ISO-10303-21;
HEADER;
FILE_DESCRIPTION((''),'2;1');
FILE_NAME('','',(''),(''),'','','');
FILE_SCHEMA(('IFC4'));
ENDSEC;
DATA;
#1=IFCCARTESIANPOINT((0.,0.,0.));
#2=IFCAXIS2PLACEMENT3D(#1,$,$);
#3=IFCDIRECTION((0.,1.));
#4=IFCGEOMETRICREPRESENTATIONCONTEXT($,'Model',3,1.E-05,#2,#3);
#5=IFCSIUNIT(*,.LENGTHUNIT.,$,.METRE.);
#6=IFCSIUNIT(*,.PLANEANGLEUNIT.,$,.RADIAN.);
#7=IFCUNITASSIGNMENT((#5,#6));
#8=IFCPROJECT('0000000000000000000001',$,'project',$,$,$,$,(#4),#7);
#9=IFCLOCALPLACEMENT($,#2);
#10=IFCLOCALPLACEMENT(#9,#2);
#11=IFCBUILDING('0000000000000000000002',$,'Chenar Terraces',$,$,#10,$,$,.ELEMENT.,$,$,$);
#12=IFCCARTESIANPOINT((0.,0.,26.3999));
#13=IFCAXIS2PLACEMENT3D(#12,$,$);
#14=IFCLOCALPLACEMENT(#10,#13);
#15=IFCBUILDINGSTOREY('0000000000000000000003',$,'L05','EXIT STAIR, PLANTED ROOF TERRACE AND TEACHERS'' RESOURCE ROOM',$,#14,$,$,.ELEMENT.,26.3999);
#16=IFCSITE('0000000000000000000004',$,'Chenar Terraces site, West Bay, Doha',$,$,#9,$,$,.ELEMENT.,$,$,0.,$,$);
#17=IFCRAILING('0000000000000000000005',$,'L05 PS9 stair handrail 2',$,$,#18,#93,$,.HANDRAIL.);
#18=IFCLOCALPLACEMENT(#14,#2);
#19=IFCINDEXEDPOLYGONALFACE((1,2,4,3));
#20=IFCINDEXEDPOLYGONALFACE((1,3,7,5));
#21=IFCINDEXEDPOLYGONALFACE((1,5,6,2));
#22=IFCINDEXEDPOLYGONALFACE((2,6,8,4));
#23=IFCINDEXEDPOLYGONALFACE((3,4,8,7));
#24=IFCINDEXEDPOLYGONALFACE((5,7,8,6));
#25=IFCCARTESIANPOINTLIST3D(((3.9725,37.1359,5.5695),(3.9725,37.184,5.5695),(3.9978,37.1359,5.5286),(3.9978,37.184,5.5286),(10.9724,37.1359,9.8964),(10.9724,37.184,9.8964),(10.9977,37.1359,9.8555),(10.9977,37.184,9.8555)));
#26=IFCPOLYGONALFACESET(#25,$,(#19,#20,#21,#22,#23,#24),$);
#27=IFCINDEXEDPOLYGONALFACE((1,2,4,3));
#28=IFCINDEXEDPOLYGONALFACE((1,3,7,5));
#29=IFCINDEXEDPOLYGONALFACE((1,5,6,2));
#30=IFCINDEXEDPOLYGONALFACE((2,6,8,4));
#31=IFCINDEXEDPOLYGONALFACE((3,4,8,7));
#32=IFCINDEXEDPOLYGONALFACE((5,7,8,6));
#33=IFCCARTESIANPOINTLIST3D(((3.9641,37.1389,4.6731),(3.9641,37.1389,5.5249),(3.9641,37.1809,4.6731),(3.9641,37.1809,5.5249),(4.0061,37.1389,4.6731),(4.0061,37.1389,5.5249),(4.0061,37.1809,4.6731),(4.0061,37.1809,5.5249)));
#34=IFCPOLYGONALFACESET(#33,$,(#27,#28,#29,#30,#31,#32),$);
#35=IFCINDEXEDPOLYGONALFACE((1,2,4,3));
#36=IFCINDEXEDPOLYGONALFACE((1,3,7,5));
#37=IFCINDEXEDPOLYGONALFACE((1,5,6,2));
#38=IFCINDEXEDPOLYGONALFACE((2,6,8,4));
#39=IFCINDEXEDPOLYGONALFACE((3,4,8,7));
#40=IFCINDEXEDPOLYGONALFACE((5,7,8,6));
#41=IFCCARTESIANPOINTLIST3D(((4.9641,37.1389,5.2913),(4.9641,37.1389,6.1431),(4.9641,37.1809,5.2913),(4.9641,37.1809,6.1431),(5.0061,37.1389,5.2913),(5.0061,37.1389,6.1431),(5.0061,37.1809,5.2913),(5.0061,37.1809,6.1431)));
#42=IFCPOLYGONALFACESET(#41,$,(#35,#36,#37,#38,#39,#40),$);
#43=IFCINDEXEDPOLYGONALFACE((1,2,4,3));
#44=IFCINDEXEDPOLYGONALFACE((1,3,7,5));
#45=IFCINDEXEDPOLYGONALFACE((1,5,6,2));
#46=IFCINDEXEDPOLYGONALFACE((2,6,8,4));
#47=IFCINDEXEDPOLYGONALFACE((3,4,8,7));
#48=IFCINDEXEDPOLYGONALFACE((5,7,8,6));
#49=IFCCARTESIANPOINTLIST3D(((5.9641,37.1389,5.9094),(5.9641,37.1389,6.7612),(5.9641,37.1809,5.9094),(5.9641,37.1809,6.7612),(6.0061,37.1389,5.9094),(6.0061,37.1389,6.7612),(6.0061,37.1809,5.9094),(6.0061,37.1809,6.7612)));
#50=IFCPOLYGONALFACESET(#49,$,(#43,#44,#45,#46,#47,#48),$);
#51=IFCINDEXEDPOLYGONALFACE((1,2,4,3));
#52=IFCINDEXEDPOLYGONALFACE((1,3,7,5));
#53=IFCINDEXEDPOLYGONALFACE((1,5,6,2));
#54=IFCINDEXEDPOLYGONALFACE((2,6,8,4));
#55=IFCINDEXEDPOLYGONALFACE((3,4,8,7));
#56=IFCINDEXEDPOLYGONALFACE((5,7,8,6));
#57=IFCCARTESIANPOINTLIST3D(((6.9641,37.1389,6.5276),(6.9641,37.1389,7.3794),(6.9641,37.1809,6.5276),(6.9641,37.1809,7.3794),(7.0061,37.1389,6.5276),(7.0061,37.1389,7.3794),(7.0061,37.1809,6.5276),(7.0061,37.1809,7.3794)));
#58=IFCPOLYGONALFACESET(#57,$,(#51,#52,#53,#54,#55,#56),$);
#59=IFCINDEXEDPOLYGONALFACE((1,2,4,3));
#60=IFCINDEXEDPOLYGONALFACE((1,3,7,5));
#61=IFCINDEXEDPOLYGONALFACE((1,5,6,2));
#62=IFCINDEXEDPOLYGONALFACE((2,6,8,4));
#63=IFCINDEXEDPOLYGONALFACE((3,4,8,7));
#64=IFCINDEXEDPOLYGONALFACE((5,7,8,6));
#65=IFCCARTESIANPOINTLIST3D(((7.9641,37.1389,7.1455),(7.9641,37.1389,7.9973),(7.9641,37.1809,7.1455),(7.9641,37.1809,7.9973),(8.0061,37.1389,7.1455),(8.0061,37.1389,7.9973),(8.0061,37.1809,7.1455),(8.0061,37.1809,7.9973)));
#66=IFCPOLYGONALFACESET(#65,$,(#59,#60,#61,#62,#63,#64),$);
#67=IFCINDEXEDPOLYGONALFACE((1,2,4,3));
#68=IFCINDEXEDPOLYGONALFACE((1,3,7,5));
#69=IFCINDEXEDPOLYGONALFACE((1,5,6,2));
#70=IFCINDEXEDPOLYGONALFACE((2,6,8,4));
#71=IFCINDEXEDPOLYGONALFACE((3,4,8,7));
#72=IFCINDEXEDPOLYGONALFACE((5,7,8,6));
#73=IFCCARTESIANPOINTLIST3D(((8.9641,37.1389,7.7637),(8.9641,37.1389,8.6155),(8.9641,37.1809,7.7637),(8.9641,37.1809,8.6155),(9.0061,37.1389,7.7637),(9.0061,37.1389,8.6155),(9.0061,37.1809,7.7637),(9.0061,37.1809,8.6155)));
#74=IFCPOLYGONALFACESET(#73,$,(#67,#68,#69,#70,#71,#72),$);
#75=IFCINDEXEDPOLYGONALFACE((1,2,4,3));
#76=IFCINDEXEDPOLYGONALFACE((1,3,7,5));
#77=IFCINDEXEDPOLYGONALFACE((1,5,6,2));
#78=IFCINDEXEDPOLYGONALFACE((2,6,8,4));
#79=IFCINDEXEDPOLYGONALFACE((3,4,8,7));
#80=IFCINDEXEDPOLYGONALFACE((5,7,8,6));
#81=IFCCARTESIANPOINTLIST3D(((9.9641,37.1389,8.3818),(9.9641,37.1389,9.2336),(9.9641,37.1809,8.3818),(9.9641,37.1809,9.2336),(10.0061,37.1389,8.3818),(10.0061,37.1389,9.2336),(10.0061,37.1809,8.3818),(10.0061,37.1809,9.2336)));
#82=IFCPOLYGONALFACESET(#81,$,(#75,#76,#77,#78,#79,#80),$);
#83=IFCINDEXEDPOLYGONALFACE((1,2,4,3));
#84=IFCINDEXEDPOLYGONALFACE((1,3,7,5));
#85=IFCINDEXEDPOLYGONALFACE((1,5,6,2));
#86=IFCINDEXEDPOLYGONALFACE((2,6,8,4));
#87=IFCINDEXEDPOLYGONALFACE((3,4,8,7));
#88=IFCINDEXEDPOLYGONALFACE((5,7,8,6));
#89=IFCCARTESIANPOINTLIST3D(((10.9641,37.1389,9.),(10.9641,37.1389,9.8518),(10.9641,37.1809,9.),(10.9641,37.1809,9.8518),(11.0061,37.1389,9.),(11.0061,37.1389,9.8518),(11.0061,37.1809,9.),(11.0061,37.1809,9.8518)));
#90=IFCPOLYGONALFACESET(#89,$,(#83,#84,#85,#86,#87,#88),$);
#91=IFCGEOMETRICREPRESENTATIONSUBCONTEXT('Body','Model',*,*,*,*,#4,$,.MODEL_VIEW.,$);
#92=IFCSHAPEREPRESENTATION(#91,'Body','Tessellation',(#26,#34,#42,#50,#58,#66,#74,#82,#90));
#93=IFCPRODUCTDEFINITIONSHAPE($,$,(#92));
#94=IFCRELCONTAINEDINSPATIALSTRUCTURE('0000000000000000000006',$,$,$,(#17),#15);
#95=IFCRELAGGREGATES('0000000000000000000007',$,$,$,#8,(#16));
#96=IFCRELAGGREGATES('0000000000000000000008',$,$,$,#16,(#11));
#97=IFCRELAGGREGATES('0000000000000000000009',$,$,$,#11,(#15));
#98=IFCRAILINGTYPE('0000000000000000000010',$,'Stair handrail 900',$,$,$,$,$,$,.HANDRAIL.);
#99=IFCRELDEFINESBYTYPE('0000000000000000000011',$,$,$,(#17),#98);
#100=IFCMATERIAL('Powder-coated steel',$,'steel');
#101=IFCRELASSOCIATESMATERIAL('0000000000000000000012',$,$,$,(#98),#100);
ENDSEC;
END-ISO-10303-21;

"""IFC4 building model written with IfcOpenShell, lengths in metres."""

from ifc_helpers import new_model, si_unit, direction, frame, origin, origin_2d, place, context, subcontext, project, spatial, rectangle, extrude, material, type_object, element, save


model = new_model("IFC4")

# Units and contexts
model_context = context("Model", 3, precision=1e-05, world=origin(), true_north=direction((0.0, 1.0)))
body_context = subcontext(model_context, "Body", "Model", "MODEL_VIEW")
ifc_project = project(units=[si_unit("LENGTHUNIT", "METRE"), si_unit("PLANEANGLEUNIT", "RADIAN")], contexts=[model_context])

# Site, building, storey
site_placement = place(None, origin())
site = spatial("IfcSite", under=ifc_project, at=site_placement, Name="Chenar Terraces site, West Bay, Doha", CompositionType="ELEMENT", RefElevation=0.0)
building_placement = place(site_placement, origin())
building = spatial("IfcBuilding", under=site, at=building_placement, Name="Chenar Terraces", CompositionType="ELEMENT")
storey_placement = place(building_placement, frame((0.0, 0.0, 26.3999)))
storey = spatial("IfcBuildingStorey", under=building, at=storey_placement, Name="L05", Description="EXIT STAIR, PLANTED ROOF TERRACE AND TEACHERS' RESOURCE ROOM", CompositionType="ELEMENT", Elevation=26.3999)

# Railing
ifc_material_1 = material(Name="Powder-coated steel", Category="steel")
railing_type_1 = type_object("IfcRailingType", Name="Stair handrail 900", PredefinedType="HANDRAIL", material=ifc_material_1)
railing_1_placement = place(storey_placement, frame((3.9851, 37.1599, 4.6731)))
element("IfcRailing", 1, at=railing_1_placement, inside=storey, type_object=railing_type_1, Name="L05 PS9 stair handrail 2", PredefinedType="HANDRAIL", context=body_context, shape_type="SweptSolid", body=[
    extrude(rectangle(XDim=0.0481, YDim=0.0481, at=origin_2d()), frame((0.0, 0.0, 0.876), z_axis=(0.850615, 0.0, 0.52579), x_axis=(0.0, 1.0, 0.0)), (0.0, 0.0, 1.0), 8.2292),
    extrude(rectangle(XDim=0.042, YDim=0.042, at=origin_2d()), origin(), (0.0, 0.0, 1.0), 0.8518),
    extrude(rectangle(XDim=0.042, YDim=0.042, at=origin_2d()), frame((1.0, 0.0, 0.6182)), (0.0, 0.0, 1.0), 0.8518),
    extrude(rectangle(XDim=0.042, YDim=0.042, at=origin_2d()), frame((2.0, 0.0, 1.2363)), (0.0, 0.0, 1.0), 0.8518),
    extrude(rectangle(XDim=0.042, YDim=0.042, at=origin_2d()), frame((3.0, 0.0, 1.8545)), (0.0, 0.0, 1.0), 0.8518),
    extrude(rectangle(XDim=0.042, YDim=0.042, at=origin_2d()), frame((4.0, 0.0, 2.4724)), (0.0, 0.0, 1.0), 0.8518),
    extrude(rectangle(XDim=0.042, YDim=0.042, at=origin_2d()), frame((5.0, 0.0, 3.0906)), (0.0, 0.0, 1.0), 0.8518),
    extrude(rectangle(XDim=0.042, YDim=0.042, at=origin_2d()), frame((6.0, 0.0, 3.7087)), (0.0, 0.0, 1.0), 0.8518),
    extrude(rectangle(XDim=0.042, YDim=0.042, at=origin_2d()), frame((7.0, 0.0, 4.3269)), (0.0, 0.0, 1.0), 0.8518),
])

save(model, "model.ifc")
